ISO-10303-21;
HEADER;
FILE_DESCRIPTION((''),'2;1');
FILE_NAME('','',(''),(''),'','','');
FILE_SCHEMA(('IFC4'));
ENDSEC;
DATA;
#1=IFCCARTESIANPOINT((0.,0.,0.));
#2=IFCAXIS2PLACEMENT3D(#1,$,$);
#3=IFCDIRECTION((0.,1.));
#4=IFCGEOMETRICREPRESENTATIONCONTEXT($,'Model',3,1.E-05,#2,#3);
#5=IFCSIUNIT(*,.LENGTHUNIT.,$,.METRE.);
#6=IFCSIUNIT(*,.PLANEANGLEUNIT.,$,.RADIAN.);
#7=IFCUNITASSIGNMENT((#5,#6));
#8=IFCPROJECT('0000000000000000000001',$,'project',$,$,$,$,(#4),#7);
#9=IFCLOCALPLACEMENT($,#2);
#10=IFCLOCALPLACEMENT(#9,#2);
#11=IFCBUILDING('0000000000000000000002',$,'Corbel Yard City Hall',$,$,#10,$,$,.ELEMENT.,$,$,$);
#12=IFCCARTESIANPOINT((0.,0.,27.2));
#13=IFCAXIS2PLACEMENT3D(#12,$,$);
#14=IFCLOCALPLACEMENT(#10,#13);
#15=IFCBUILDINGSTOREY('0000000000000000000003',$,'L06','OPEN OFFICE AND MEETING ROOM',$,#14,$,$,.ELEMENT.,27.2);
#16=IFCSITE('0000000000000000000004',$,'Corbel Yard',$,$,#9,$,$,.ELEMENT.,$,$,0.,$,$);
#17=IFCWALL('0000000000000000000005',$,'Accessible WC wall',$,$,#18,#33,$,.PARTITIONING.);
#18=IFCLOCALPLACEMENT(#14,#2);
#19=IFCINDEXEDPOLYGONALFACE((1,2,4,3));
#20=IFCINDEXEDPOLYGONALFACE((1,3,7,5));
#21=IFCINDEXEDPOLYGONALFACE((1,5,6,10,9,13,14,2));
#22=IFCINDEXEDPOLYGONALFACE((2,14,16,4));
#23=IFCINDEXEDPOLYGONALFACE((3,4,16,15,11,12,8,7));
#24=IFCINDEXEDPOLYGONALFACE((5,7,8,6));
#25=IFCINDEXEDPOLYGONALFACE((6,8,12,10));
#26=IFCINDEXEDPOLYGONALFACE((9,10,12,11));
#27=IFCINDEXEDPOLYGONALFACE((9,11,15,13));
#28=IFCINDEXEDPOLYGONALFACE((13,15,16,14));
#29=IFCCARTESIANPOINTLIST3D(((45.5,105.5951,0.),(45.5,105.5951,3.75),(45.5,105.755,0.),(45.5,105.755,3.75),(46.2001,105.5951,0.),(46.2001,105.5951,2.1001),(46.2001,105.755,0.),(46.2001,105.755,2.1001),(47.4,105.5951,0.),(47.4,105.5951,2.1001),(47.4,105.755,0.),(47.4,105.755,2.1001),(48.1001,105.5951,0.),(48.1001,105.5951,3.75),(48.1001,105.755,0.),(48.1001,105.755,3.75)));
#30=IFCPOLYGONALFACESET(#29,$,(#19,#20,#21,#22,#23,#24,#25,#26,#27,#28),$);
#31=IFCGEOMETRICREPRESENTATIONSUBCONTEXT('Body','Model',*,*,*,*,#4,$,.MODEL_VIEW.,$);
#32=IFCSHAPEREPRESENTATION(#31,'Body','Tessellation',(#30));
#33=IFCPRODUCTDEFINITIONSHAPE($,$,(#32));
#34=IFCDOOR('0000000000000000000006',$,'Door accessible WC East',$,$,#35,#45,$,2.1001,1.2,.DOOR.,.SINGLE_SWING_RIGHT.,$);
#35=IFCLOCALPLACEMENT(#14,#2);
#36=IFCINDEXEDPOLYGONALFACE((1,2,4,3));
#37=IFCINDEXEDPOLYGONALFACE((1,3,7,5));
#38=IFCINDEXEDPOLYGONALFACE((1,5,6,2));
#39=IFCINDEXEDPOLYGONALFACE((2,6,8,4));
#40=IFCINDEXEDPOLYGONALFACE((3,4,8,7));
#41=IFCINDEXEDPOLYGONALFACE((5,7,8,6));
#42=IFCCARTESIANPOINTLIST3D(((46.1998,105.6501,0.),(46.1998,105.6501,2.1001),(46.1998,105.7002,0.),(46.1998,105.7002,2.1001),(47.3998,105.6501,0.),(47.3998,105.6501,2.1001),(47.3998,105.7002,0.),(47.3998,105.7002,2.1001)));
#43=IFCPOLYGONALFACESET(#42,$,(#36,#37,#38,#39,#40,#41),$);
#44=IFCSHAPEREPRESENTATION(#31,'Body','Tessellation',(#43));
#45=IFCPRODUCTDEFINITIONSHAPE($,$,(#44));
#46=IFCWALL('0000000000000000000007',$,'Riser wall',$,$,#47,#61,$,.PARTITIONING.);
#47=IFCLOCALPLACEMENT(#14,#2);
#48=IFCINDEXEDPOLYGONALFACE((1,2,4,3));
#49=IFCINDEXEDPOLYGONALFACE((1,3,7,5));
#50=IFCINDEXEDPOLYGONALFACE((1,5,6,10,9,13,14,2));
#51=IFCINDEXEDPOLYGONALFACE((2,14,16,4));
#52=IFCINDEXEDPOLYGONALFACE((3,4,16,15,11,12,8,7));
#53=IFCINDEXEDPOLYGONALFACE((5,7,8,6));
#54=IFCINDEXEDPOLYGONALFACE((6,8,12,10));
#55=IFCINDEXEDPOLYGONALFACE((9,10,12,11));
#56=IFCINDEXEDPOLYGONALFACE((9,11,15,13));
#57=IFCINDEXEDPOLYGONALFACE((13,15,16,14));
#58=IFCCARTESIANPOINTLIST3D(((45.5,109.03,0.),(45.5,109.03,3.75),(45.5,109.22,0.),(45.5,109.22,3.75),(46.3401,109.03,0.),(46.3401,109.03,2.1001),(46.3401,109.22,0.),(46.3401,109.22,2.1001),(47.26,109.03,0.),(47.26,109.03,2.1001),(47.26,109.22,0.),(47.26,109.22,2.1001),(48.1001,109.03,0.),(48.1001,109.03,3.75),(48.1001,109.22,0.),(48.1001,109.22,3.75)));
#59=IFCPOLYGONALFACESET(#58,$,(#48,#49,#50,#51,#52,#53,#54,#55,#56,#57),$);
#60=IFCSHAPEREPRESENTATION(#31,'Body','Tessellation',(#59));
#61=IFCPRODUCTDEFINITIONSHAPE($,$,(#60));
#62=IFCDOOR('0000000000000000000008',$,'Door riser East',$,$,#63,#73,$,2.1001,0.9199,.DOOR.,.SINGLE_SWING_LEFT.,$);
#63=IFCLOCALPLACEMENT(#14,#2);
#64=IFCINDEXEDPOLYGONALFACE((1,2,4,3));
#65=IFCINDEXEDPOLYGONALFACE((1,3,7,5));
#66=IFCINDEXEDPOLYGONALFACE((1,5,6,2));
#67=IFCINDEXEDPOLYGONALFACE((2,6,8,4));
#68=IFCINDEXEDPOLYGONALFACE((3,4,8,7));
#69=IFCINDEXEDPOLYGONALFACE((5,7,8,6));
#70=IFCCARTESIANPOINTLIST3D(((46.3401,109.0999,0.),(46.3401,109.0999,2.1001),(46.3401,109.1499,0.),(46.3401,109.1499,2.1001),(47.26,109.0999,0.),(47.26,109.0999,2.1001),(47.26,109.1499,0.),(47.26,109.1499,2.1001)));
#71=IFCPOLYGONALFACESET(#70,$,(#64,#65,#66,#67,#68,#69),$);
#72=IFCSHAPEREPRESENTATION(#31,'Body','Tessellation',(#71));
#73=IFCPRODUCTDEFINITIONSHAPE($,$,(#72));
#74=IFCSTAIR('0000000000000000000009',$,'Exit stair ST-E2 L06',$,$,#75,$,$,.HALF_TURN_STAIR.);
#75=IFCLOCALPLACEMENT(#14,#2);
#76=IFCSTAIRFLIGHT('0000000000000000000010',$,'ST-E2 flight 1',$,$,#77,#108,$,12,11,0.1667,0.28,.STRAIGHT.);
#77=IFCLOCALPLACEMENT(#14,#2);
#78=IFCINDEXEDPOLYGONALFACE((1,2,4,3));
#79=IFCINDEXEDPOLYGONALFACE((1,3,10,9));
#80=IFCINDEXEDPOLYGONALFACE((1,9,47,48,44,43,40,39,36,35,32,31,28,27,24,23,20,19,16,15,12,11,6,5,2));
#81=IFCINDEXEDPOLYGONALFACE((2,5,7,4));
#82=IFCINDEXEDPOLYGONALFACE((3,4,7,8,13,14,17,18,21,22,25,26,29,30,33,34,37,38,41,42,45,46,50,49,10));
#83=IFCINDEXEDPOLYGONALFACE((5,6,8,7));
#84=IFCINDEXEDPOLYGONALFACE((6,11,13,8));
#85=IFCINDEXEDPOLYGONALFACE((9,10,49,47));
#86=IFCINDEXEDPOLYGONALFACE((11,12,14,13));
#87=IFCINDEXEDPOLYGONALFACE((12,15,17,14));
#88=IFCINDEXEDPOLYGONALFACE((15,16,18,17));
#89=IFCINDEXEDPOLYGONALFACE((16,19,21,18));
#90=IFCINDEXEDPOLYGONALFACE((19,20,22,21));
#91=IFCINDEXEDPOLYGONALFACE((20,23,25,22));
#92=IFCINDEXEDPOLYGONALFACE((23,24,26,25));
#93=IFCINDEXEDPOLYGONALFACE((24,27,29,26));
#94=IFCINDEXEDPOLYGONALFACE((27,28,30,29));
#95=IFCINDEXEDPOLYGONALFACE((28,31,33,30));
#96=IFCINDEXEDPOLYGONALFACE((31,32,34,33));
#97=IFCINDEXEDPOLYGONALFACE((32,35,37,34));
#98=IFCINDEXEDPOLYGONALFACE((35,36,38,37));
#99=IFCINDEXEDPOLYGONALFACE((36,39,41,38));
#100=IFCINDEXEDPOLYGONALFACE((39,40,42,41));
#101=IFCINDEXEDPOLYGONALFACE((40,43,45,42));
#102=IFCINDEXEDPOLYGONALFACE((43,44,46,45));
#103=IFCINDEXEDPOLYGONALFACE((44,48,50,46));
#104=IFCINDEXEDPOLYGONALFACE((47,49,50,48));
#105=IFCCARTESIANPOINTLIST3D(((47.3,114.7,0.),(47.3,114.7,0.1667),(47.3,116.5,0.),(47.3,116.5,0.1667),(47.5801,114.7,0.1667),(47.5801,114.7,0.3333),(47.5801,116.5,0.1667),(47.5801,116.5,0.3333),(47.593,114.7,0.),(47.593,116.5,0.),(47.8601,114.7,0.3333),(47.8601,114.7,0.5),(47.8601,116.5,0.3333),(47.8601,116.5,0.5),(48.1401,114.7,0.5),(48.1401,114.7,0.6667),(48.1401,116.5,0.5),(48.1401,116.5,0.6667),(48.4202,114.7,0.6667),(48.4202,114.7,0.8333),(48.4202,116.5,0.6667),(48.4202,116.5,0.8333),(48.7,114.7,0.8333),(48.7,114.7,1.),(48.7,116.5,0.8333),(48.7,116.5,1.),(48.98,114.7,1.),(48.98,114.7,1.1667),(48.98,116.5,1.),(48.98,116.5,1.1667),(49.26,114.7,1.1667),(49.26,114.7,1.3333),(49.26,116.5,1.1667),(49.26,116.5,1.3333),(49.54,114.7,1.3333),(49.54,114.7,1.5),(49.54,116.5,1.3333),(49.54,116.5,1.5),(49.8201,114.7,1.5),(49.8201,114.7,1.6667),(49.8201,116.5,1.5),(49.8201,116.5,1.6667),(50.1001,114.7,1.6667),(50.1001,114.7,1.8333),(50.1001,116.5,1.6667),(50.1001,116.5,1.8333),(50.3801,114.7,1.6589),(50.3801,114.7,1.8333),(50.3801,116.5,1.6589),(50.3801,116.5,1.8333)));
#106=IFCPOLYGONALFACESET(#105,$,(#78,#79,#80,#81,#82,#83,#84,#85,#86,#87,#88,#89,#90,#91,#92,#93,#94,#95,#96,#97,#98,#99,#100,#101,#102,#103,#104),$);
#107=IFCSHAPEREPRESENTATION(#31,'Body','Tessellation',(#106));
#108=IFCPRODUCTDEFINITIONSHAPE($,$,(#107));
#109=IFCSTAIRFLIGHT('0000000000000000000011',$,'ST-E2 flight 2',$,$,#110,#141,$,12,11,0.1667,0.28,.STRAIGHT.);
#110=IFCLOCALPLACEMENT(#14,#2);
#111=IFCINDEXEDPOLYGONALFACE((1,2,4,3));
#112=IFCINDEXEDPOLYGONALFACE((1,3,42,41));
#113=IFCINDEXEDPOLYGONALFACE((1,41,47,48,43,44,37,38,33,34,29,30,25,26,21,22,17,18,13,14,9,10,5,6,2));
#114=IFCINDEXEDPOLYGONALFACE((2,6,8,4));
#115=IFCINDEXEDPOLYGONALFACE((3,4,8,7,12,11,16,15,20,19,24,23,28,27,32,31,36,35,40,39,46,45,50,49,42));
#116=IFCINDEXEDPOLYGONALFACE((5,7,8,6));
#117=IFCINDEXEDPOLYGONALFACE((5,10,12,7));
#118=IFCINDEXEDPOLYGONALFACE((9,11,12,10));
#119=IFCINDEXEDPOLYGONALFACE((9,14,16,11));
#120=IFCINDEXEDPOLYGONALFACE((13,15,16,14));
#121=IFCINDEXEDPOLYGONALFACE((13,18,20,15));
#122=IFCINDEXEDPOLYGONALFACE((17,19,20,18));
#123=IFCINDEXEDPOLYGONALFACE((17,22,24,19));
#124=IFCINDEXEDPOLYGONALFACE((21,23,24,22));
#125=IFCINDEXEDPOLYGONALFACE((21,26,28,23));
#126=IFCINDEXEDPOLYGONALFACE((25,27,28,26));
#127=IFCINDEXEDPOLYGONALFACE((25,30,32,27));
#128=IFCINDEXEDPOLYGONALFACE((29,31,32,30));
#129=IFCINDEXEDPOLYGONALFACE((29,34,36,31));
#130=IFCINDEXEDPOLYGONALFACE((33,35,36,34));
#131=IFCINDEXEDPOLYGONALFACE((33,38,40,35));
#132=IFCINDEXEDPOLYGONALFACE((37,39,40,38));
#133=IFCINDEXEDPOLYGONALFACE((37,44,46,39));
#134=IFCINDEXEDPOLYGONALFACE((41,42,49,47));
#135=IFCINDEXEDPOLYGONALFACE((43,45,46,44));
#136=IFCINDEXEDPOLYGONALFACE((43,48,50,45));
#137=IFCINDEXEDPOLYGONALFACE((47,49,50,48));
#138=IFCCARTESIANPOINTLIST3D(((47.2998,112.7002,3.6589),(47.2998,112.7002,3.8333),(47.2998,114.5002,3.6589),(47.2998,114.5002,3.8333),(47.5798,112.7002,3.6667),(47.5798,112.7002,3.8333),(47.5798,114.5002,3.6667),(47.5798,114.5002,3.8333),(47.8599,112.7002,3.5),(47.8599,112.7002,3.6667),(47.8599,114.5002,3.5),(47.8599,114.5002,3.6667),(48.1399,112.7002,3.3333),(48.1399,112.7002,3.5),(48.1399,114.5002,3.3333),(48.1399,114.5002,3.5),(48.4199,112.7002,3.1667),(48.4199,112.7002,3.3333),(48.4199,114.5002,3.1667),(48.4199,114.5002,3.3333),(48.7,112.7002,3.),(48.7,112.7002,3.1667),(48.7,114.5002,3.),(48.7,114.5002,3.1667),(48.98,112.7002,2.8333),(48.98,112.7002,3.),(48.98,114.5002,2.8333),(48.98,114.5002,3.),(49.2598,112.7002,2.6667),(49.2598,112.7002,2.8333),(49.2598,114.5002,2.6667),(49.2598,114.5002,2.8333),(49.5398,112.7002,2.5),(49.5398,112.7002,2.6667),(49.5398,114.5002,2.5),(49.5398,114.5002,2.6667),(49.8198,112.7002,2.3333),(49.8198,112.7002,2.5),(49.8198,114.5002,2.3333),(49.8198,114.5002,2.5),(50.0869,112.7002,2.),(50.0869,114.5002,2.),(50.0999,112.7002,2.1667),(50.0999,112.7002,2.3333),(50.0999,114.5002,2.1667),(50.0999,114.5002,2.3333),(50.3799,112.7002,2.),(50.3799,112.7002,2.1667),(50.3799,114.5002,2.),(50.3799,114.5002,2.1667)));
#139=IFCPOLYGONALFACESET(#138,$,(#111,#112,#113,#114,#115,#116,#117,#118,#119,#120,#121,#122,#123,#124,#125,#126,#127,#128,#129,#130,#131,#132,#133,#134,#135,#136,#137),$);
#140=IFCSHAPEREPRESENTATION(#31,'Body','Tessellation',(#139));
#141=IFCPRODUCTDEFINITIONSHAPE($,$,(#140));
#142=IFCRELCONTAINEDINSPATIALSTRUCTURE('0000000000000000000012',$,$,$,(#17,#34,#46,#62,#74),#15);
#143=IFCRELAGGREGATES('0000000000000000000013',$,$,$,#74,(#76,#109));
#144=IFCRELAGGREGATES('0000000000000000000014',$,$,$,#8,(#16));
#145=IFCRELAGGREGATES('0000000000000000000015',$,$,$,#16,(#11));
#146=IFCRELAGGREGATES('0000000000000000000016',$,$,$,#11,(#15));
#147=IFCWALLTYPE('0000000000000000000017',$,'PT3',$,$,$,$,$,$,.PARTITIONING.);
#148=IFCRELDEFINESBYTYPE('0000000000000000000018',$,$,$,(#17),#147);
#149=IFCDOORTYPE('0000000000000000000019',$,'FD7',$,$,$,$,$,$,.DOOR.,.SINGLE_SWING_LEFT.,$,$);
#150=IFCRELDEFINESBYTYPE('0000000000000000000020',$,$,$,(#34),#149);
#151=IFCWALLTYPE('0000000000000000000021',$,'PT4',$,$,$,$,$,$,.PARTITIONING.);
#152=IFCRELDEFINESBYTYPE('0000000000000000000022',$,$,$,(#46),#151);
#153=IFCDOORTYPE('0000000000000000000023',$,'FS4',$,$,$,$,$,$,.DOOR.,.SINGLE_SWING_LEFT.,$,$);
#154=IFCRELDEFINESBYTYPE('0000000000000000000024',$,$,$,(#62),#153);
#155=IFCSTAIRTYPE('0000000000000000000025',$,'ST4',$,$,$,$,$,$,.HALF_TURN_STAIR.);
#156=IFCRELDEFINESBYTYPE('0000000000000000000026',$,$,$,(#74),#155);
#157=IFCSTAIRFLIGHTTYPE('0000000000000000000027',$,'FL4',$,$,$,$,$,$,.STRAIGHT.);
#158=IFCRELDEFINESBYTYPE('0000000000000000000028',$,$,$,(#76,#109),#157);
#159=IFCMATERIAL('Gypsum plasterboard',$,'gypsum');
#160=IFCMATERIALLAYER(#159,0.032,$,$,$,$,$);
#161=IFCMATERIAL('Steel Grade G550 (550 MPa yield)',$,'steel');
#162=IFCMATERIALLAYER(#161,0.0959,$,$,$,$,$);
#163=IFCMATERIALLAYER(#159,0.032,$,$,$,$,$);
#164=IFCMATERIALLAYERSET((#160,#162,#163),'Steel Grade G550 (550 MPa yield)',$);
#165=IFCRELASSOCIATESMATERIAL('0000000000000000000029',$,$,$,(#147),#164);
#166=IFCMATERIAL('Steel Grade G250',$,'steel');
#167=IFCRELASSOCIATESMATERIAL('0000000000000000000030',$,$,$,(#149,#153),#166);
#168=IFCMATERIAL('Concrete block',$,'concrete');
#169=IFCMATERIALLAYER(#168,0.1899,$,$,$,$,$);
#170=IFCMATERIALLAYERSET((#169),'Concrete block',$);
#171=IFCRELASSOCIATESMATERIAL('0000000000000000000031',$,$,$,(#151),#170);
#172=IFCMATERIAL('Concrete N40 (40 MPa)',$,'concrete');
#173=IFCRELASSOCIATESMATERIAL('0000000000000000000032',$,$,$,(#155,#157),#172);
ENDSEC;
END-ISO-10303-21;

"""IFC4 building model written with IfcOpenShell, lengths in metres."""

from ifc_helpers import new_model, si_unit, direction, frame, frame_2d, origin, place, context, subcontext, project, spatial, polyline, rectangle, outline, extrude, material, layer, layer_set, type_object, element, fill, aggregate, save


model = new_model("IFC4")

# Units and contexts
model_context = context("Model", 3, precision=1e-05, world=origin(), true_north=direction((0.0, 1.0)))
body_context = subcontext(model_context, "Body", "Model", "MODEL_VIEW")
ifc_project = project(units=[si_unit("LENGTHUNIT", "METRE"), si_unit("PLANEANGLEUNIT", "RADIAN")], contexts=[model_context])

# Site, building, storey
site_placement = place(None, origin())
site = spatial("IfcSite", under=ifc_project, at=site_placement, Name="Corbel Yard", CompositionType="ELEMENT", RefElevation=0.0)
building_placement = place(site_placement, origin())
building = spatial("IfcBuilding", under=site, at=building_placement, Name="Corbel Yard City Hall", CompositionType="ELEMENT")
storey_placement = place(building_placement, frame((0.0, 0.0, 27.2)))
storey = spatial("IfcBuildingStorey", under=building, at=storey_placement, Name="L06", Description="OPEN OFFICE AND MEETING ROOM", CompositionType="ELEMENT", Elevation=27.2)

# Shared definitions
ifc_material_1 = material(Name="Concrete N40 (40 MPa)", Category="concrete")

# Walls, openings, doors
ifc_material_2 = material(Name="Gypsum plasterboard", Category="gypsum")
ifc_material_3 = material(Name="Steel Grade G550 (550 MPa yield)", Category="steel")
ifc_layer_1 = layer(ifc_material_2, 0.032)
ifc_layer_2 = layer(ifc_material_3, 0.0959)
ifc_layer_3 = layer(ifc_material_2, 0.032)
ifc_layer_set_1 = layer_set([ifc_layer_1, ifc_layer_2, ifc_layer_3], Name="Steel Grade G550 (550 MPa yield)")
wall_type_1 = type_object("IfcWallType", Name="PT3", PredefinedType="PARTITIONING", material=ifc_layer_set_1)
wall_1_placement = place(storey_placement, frame((45.5, 105.675, 0.0), z_axis=(0.0, 0.0, 1.0), x_axis=(1.0, 0.0, 0.0)))
wall_1 = element("IfcWall", 1, at=wall_1_placement, inside=storey, type_object=wall_type_1, Name="Accessible WC wall", PredefinedType="PARTITIONING", context=body_context, shape_type="SweptSolid", body=[
    extrude(rectangle(XDim=2.6001, YDim=0.1599, at=frame_2d((1.3, 0.0))), origin(), (0.0, 0.0, 1.0), 3.75),
])
opening_1_placement = place(wall_1_placement, frame((0.7, 0.0, 0.0)))
opening_1 = element("IfcOpeningElement", 2, at=opening_1_placement, cuts=wall_1, PredefinedType="OPENING", context=body_context, shape_type="SweptSolid", body=[
    extrude(rectangle(XDim=1.2, YDim=2.1001, at=frame_2d((0.6001, 1.05))), frame((0.0, 0.0898, 0.0), z_axis=(0.0, -1.0, 0.0), x_axis=(1.0, 0.0, 0.0)), (0.0, 0.0, 1.0), 0.1799),
])
ifc_material_4 = material(Name="Steel Grade G250", Category="steel")
door_type_1 = type_object("IfcDoorType", Name="FD7", OperationType="SINGLE_SWING_LEFT", PredefinedType="DOOR", material=ifc_material_4)
door_1_placement = place(opening_1_placement, frame((1.2, 0.0, 0.0), z_axis=(0.0, 0.0, 1.0), x_axis=(-1.0, 0.0, 0.0)))
door_1 = element("IfcDoor", 3, at=door_1_placement, inside=storey, type_object=door_type_1, Name="Door accessible WC East", OperationType="SINGLE_SWING_RIGHT", OverallHeight=2.1001, OverallWidth=1.2, PredefinedType="DOOR", context=body_context, shape_type="SweptSolid", body=[
    extrude(rectangle(XDim=1.2, YDim=2.1001, at=frame_2d((0.6001, 1.05))), frame((0.0, 0.0249, 0.0), z_axis=(0.0, -1.0, 0.0), x_axis=(1.0, 0.0, 0.0)), (0.0, 0.0, 1.0), 0.05),
])
fill(opening_1, door_1)
ifc_material_5 = material(Name="Concrete block", Category="concrete")
ifc_layer_4 = layer(ifc_material_5, 0.1899)
ifc_layer_set_2 = layer_set([ifc_layer_4], Name="Concrete block")
wall_type_2 = type_object("IfcWallType", Name="PT4", PredefinedType="PARTITIONING", material=ifc_layer_set_2)
wall_2_placement = place(storey_placement, frame((45.5, 109.125, 0.0), z_axis=(0.0, 0.0, 1.0), x_axis=(1.0, 0.0, 0.0)))
wall_2 = element("IfcWall", 4, at=wall_2_placement, inside=storey, type_object=wall_type_2, Name="Riser wall", PredefinedType="PARTITIONING", context=body_context, shape_type="SweptSolid", body=[
    extrude(rectangle(XDim=2.6001, YDim=0.1899, at=frame_2d((1.3, 0.0))), origin(), (0.0, 0.0, 1.0), 3.75),
])
opening_2_placement = place(wall_2_placement, frame((0.8401, 0.0, 0.0)))
opening_2 = element("IfcOpeningElement", 5, at=opening_2_placement, cuts=wall_2, PredefinedType="OPENING", context=body_context, shape_type="SweptSolid", body=[
    extrude(rectangle(XDim=0.9199, YDim=2.1001, at=frame_2d((0.46, 1.05))), frame((0.0, 0.105, 0.0), z_axis=(0.0, -1.0, 0.0), x_axis=(1.0, 0.0, 0.0)), (0.0, 0.0, 1.0), 0.21),
])
door_type_2 = type_object("IfcDoorType", Name="FS4", OperationType="SINGLE_SWING_LEFT", PredefinedType="DOOR", material=ifc_material_4)
door_2_placement = place(opening_2_placement, origin())
door_2 = element("IfcDoor", 6, at=door_2_placement, inside=storey, type_object=door_type_2, Name="Door riser East", OperationType="SINGLE_SWING_LEFT", OverallHeight=2.1001, OverallWidth=0.9199, PredefinedType="DOOR", context=body_context, shape_type="SweptSolid", body=[
    extrude(rectangle(XDim=0.9199, YDim=2.1001, at=frame_2d((0.46, 1.05))), frame((0.0, 0.0249, 0.0), z_axis=(0.0, -1.0, 0.0), x_axis=(1.0, 0.0, 0.0)), (0.0, 0.0, 1.0), 0.05),
])
fill(opening_2, door_2)

# Stair, stair flights
stair_type = type_object("IfcStairType", Name="ST4", PredefinedType="HALF_TURN_STAIR", material=ifc_material_1)
stair_placement = place(storey_placement, origin())
stair = element("IfcStair", 7, at=stair_placement, inside=storey, type_object=stair_type, Name="Exit stair ST-E2 L06", PredefinedType="HALF_TURN_STAIR")
stair_flight_type = type_object("IfcStairFlightType", Name="FL4", PredefinedType="STRAIGHT", material=ifc_material_1)
stair_flight_1_placement = place(storey_placement, frame((47.3, 115.6001, 0.0), z_axis=(0.0, 0.0, 1.0), x_axis=(1.0, 0.0, 0.0)))
stair_flight_1 = element("IfcStairFlight", 8, at=stair_flight_1_placement, type_object=stair_flight_type, Name="ST-E2 flight 1", NumberOfRisers=12, NumberOfTreads=11, PredefinedType="STRAIGHT", RiserHeight=0.1667, TreadLength=0.28, context=body_context, shape_type="SweptSolid", body=[
    extrude(outline(polyline([(0.0, 0.0), (0.0, 0.1667), (0.28, 0.1667), (0.28, 0.3333), (0.5601, 0.3333), (0.5601, 0.5), (0.8401, 0.5), (0.8401, 0.6667), (1.1201, 0.6667), (1.1201, 0.8333), (1.3999, 0.8333), (1.3999, 1.0), (1.6799, 1.0), (1.6799, 1.1667), (1.96, 1.1667), (1.96, 1.3333), (2.24, 1.3333), (2.24, 1.5), (2.52, 1.5), (2.52, 1.6667), (2.8, 1.6667), (2.8, 1.8333), (3.0801, 1.8333), (3.0801, 2.0), (3.0801, 1.6589), (0.293, 0.0), (0.0, 0.0)])), frame((0.0, 0.8999, 0.0), z_axis=(0.0, -1.0, 0.0), x_axis=(1.0, 0.0, 0.0)), (0.0, 0.0, 1.0), 1.8),
])
stair_flight_2_placement = place(storey_placement, frame((50.3799, 113.6001, 2.0), z_axis=(0.0, 0.0, 1.0), x_axis=(-1.0, 0.0, 0.0)))
stair_flight_2 = element("IfcStairFlight", 9, at=stair_flight_2_placement, type_object=stair_flight_type, Name="ST-E2 flight 2", NumberOfRisers=12, NumberOfTreads=11, PredefinedType="STRAIGHT", RiserHeight=0.1667, TreadLength=0.28, context=body_context, shape_type="SweptSolid", body=[
    extrude(outline(polyline([(0.0, 0.0), (0.0, 0.1667), (0.28, 0.1667), (0.28, 0.3333), (0.5601, 0.3333), (0.5601, 0.5), (0.8401, 0.5), (0.8401, 0.6667), (1.1201, 0.6667), (1.1201, 0.8333), (1.3999, 0.8333), (1.3999, 1.0), (1.6799, 1.0), (1.6799, 1.1667), (1.96, 1.1667), (1.96, 1.3333), (2.24, 1.3333), (2.24, 1.5), (2.52, 1.5), (2.52, 1.6667), (2.8, 1.6667), (2.8, 1.8333), (3.0801, 1.8333), (3.0801, 2.0), (3.0801, 1.6589), (0.293, 0.0), (0.0, 0.0)])), frame((0.0, 0.8999, 0.0), z_axis=(0.0, -1.0, 0.0), x_axis=(1.0, 0.0, 0.0)), (0.0, 0.0, 1.0), 1.8),
])
aggregate(stair, [stair_flight_1, stair_flight_2])

save(model, "model.ifc")
